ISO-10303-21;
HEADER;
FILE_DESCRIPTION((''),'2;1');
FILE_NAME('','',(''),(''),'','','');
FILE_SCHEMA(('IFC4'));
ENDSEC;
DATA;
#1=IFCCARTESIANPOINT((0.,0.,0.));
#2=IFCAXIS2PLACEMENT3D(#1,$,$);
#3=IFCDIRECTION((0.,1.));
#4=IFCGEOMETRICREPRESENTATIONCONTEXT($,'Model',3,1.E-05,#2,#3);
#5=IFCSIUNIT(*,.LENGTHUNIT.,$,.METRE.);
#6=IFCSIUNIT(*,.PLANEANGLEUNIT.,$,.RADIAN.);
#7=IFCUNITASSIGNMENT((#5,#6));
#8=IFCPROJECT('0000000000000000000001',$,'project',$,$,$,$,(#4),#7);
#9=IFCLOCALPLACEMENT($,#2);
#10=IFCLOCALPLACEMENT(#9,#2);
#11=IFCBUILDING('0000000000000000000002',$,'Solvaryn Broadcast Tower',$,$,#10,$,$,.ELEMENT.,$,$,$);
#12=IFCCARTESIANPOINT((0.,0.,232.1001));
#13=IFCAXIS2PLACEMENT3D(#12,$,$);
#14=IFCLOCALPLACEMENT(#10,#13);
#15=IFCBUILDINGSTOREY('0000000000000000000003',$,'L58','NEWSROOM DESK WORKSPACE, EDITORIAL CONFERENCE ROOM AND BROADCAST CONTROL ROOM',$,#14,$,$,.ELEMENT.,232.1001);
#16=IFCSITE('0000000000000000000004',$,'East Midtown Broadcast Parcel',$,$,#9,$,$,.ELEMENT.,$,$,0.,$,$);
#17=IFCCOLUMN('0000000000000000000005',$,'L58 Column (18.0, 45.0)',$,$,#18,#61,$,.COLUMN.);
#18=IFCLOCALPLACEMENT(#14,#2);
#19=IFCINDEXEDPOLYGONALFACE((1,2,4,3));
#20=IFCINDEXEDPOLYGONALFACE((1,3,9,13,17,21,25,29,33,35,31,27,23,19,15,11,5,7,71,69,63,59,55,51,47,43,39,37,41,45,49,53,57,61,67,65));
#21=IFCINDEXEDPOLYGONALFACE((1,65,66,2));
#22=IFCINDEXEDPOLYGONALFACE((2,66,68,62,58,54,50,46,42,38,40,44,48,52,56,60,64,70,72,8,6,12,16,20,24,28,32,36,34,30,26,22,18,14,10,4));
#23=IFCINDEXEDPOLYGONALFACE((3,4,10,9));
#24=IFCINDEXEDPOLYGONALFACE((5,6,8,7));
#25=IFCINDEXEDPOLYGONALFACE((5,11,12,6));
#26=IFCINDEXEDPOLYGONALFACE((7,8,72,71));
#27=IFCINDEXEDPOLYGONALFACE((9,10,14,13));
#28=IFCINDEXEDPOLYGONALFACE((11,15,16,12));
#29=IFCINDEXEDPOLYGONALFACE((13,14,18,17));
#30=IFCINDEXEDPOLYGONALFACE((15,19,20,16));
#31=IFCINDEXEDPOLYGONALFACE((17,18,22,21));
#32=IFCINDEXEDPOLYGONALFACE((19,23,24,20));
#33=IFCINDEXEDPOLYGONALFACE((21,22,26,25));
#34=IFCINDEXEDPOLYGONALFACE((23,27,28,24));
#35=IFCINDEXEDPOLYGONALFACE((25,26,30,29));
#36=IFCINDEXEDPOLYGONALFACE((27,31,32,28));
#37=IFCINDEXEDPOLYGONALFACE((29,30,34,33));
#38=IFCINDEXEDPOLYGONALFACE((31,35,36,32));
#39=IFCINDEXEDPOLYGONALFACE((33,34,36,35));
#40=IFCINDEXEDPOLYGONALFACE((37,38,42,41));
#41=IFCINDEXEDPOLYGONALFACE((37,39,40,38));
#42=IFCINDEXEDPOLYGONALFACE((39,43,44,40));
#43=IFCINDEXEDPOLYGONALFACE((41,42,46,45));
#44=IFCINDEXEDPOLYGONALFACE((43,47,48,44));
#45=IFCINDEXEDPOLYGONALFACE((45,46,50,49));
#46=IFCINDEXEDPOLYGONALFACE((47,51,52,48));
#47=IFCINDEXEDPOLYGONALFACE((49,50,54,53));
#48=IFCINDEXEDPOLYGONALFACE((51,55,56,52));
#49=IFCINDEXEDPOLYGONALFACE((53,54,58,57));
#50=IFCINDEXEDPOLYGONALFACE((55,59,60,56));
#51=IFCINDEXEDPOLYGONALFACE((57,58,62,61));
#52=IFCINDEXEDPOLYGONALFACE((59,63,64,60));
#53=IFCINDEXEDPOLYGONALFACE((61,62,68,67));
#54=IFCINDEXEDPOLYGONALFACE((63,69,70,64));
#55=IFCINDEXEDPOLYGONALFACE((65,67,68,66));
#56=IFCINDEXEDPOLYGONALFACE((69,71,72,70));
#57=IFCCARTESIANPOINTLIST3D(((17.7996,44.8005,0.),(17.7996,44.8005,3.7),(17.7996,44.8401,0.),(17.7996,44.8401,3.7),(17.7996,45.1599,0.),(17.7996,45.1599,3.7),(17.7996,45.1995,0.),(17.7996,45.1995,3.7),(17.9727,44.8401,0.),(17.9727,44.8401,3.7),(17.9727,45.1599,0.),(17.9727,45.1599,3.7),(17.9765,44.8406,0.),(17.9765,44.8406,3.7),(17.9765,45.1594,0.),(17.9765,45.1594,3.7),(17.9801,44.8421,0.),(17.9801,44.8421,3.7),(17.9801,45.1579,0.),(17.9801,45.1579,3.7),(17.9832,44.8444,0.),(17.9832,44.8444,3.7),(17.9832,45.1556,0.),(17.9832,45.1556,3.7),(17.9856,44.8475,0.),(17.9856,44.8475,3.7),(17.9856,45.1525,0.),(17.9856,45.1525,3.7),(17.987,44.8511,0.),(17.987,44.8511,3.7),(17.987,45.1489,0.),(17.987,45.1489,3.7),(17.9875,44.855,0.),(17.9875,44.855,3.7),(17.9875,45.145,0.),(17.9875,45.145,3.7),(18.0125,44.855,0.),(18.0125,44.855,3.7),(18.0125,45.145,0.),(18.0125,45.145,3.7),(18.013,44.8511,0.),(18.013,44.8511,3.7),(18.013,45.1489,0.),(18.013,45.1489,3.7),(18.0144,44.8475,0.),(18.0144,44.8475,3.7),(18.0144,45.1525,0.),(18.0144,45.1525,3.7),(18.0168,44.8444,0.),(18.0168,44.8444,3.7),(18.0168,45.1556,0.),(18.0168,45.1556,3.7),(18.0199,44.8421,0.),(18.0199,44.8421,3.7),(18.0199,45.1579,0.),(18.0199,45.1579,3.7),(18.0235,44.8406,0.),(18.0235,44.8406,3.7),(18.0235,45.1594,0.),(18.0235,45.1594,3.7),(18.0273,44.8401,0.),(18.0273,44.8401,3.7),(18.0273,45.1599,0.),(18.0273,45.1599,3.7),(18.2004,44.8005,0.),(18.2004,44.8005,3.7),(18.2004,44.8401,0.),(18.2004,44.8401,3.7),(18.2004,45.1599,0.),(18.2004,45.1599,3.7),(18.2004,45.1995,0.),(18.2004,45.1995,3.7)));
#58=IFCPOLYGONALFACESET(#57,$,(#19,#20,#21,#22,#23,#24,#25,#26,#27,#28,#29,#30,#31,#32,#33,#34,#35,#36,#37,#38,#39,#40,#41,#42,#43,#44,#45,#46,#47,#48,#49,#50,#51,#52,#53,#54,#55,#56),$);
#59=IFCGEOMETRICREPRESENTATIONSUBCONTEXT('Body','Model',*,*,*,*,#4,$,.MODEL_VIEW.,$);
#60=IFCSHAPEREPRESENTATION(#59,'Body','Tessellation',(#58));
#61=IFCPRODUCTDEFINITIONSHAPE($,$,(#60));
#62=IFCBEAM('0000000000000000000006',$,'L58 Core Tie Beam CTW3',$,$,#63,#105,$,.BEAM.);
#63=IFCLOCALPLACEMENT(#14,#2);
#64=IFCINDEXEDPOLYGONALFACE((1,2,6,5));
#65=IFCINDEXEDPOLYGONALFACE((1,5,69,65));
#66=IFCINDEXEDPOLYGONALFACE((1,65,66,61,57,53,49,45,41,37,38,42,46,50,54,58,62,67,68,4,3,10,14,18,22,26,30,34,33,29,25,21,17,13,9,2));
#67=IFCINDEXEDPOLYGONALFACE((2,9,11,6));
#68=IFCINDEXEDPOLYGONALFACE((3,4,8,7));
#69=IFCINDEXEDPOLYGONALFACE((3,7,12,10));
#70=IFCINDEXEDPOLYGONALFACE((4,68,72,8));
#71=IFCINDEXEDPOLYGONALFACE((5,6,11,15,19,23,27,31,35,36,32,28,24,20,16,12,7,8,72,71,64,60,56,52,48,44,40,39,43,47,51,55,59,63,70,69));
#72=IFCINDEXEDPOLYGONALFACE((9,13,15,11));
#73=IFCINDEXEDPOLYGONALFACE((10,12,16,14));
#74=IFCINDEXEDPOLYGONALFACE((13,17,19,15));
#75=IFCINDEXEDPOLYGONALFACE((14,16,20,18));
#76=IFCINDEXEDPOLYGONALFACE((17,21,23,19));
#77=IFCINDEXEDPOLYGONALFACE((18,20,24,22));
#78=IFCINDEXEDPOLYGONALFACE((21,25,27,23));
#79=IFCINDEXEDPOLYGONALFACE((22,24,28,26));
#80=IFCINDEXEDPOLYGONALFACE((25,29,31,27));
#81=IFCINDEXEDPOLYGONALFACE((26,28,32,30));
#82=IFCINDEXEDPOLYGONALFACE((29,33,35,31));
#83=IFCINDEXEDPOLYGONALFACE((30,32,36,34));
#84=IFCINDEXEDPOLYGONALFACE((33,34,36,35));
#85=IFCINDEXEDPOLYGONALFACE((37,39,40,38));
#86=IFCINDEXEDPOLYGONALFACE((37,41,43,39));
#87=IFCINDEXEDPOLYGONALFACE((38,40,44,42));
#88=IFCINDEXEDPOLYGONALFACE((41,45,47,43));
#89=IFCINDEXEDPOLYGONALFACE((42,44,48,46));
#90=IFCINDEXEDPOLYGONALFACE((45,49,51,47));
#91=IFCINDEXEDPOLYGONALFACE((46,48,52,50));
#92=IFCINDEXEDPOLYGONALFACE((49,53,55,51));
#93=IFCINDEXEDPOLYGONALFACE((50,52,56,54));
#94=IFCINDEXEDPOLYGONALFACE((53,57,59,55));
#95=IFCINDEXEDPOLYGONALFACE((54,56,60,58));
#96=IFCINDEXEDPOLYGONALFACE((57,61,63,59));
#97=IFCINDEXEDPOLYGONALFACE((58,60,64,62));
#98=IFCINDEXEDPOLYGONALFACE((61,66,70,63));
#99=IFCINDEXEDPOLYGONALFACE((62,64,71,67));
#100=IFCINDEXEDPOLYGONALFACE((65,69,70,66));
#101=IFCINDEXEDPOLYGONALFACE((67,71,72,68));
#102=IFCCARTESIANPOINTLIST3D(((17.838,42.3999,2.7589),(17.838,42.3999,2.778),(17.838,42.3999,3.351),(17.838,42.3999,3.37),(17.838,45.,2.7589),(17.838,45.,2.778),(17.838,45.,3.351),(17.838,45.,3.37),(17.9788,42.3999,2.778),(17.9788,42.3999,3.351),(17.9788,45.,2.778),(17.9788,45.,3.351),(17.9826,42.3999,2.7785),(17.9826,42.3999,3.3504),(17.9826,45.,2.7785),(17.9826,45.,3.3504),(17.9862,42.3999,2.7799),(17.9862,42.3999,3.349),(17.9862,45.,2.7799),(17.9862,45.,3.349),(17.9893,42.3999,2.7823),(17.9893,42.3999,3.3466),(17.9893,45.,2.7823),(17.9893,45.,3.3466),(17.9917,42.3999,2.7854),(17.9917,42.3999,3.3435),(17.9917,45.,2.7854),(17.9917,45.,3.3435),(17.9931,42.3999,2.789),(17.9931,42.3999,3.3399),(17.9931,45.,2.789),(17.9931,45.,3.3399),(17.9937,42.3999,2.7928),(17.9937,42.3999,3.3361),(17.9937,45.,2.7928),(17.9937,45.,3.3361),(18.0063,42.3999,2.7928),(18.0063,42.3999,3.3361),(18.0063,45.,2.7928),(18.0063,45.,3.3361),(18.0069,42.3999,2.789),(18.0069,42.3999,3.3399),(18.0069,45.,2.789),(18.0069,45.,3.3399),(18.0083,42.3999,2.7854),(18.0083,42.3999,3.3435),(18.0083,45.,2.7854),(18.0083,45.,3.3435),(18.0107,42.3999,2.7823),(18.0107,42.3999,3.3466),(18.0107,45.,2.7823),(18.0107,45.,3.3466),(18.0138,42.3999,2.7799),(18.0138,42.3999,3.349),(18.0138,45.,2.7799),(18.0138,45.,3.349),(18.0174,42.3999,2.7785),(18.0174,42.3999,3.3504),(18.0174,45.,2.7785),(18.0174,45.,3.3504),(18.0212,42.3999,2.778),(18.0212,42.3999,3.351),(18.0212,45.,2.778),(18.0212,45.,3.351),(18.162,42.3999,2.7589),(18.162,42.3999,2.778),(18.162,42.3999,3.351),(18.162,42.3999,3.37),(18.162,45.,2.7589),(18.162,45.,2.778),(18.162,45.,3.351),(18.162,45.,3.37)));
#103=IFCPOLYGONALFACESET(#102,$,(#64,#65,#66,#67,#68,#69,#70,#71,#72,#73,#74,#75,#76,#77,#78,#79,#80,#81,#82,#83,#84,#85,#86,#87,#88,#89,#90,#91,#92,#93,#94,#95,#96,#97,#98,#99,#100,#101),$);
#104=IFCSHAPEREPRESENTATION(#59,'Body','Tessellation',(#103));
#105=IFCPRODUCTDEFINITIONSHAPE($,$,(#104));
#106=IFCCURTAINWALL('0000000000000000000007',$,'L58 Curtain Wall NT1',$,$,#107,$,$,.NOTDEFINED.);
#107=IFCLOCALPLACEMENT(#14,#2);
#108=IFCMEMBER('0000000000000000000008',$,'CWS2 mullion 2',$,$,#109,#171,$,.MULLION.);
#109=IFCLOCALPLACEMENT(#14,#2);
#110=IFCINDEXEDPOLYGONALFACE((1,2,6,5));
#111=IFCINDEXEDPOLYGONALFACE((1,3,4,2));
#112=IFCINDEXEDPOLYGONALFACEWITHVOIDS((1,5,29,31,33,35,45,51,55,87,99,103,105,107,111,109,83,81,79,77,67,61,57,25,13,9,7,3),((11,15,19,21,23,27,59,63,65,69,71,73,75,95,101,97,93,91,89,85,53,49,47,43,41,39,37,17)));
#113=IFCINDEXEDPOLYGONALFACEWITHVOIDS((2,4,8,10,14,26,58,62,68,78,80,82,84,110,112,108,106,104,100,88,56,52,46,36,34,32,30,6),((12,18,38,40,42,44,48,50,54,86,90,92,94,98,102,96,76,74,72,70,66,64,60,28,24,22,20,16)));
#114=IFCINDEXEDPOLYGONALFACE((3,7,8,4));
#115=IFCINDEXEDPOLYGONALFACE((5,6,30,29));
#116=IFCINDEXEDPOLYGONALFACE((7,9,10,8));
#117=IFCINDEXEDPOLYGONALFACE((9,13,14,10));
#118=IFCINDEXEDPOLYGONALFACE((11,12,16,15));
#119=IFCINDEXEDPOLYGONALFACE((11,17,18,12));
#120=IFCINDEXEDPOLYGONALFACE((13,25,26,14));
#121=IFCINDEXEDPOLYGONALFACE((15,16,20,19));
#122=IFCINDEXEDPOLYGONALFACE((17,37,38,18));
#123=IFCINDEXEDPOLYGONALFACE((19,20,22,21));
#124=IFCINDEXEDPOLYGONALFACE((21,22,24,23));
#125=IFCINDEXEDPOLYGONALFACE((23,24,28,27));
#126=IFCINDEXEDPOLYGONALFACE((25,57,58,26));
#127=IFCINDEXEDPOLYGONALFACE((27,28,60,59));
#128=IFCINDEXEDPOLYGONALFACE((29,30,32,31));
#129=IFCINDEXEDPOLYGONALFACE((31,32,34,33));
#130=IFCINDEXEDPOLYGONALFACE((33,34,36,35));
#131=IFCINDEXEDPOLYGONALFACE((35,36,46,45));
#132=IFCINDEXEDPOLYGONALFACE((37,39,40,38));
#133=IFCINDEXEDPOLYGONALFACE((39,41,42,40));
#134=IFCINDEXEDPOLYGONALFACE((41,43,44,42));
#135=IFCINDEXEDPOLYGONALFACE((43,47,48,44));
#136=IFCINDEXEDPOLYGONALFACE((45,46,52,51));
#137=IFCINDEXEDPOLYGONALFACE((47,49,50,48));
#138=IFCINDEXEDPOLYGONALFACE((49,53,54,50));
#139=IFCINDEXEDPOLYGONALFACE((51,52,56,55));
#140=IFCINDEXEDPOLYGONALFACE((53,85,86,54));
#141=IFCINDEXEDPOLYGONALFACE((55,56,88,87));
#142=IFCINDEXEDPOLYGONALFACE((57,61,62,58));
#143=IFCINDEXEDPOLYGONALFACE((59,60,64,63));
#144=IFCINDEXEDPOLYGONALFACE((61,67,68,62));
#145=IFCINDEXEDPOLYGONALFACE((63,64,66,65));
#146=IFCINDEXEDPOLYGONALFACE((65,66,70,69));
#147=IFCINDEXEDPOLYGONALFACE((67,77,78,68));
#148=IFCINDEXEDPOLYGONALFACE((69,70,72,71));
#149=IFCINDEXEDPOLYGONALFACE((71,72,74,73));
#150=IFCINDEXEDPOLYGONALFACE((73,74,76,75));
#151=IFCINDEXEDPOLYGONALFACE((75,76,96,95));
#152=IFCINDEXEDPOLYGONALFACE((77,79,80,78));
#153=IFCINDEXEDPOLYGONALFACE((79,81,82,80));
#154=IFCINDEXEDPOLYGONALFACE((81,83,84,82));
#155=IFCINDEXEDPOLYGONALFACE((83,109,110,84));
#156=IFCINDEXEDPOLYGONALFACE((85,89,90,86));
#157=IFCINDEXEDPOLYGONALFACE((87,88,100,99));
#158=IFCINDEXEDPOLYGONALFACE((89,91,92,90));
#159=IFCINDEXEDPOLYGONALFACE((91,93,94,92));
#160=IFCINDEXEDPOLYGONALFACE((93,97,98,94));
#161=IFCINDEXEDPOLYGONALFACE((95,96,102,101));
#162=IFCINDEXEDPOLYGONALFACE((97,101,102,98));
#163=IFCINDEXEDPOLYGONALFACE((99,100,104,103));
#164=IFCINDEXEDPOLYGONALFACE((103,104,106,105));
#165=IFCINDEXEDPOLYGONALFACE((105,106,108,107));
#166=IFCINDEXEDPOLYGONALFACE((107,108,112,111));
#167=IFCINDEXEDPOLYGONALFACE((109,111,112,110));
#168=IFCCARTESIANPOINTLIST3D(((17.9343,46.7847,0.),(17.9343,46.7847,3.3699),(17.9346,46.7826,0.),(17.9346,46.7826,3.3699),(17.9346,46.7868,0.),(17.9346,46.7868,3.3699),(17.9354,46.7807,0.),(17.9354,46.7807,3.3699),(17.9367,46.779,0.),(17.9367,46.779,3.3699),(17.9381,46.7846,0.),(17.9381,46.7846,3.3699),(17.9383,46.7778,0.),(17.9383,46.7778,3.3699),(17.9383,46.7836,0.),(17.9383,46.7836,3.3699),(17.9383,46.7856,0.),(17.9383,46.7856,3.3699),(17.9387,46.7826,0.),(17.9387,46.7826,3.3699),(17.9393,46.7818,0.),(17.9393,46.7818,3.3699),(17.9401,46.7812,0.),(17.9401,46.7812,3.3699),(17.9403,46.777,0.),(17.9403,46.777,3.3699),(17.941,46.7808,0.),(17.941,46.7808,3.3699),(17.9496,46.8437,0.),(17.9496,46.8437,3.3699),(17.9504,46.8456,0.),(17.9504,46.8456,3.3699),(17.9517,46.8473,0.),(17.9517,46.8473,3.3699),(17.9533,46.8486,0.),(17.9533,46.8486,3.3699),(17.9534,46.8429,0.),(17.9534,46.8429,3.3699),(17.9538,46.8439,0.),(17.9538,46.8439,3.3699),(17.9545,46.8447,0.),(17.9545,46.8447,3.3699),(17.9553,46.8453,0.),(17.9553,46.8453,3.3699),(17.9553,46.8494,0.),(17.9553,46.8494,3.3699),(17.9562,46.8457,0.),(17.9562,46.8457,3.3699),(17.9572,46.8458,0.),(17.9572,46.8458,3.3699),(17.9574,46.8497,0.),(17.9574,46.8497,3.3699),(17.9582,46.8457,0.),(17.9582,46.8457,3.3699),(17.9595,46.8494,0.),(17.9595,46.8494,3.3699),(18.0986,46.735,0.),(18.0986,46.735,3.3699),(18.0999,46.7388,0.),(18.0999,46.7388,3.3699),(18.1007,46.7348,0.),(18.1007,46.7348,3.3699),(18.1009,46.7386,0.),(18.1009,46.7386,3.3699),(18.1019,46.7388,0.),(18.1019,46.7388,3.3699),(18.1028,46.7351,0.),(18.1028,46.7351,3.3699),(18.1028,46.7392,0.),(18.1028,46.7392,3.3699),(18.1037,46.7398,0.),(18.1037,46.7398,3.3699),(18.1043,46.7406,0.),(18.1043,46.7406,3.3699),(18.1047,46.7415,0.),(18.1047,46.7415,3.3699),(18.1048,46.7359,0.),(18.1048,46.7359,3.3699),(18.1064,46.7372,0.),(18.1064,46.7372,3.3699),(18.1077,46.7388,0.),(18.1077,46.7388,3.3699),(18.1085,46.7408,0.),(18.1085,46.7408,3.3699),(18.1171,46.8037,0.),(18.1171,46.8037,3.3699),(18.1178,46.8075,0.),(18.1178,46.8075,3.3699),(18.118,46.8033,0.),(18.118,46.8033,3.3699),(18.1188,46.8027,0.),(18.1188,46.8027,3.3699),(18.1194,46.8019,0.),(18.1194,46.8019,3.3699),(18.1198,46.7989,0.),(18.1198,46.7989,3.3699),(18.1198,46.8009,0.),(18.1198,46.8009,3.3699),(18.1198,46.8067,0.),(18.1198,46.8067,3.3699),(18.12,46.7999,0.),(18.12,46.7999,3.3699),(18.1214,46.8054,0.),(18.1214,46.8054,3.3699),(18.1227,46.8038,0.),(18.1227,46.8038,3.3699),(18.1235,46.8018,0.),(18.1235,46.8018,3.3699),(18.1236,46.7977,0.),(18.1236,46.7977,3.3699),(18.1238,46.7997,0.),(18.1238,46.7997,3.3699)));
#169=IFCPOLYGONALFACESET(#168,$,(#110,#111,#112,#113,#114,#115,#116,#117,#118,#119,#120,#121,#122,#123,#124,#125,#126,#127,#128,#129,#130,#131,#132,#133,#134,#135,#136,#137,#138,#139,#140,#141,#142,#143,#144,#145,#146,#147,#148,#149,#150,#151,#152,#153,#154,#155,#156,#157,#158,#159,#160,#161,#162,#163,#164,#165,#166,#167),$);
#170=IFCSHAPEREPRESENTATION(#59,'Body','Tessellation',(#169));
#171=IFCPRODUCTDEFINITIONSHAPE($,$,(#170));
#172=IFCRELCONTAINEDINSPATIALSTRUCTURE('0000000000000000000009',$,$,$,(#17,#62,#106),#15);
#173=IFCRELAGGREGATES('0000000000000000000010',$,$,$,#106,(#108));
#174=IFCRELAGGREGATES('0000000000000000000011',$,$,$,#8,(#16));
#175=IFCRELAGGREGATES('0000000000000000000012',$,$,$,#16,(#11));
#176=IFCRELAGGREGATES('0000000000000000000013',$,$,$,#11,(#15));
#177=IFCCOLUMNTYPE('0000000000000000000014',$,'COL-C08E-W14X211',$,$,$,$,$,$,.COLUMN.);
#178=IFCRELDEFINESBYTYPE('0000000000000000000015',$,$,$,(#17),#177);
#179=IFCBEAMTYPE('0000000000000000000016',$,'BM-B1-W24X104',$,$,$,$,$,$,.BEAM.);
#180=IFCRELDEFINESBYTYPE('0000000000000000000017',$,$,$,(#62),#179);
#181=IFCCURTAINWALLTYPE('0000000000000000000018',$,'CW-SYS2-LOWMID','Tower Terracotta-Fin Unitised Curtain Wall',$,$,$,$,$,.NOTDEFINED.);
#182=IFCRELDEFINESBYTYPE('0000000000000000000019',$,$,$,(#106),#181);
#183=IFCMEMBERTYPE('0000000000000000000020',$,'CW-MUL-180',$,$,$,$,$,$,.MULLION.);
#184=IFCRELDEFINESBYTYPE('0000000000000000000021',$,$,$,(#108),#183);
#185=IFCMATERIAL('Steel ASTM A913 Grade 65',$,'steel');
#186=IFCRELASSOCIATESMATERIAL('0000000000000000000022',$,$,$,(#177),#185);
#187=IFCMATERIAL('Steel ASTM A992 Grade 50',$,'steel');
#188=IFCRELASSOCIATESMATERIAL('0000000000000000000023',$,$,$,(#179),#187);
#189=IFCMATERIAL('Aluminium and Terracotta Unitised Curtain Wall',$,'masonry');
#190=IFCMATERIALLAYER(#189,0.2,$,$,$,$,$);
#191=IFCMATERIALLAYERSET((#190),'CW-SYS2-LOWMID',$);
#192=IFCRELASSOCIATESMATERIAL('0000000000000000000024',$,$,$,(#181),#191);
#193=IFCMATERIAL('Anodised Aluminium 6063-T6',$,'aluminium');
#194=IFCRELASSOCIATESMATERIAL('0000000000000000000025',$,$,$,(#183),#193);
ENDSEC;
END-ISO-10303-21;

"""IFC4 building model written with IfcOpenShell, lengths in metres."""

from ifc_helpers import new_model, si_unit, direction, frame, origin, origin_2d, place, context, subcontext, project, spatial, hollow_rectangle, i_section, extrude, material, layer, layer_set, material_profile, profile_set, type_object, element, aggregate, save


model = new_model("IFC4")

# Units and contexts
model_context = context("Model", 3, precision=1e-05, world=origin(), true_north=direction((0.0, 1.0)))
body_context = subcontext(model_context, "Body", "Model", "MODEL_VIEW")
ifc_project = project(units=[si_unit("LENGTHUNIT", "METRE"), si_unit("PLANEANGLEUNIT", "RADIAN")], contexts=[model_context])

# Site, building, storey
site_placement = place(None, origin())
site = spatial("IfcSite", under=ifc_project, at=site_placement, Name="East Midtown Broadcast Parcel", CompositionType="ELEMENT", RefElevation=0.0)
building_placement = place(site_placement, origin())
building = spatial("IfcBuilding", under=site, at=building_placement, Name="Solvaryn Broadcast Tower", CompositionType="ELEMENT")
storey_placement = place(building_placement, frame((0.0, 0.0, 232.1001)))
storey = spatial("IfcBuildingStorey", under=building, at=storey_placement, Name="L58", Description="NEWSROOM DESK WORKSPACE, EDITORIAL CONFERENCE ROOM AND BROADCAST CONTROL ROOM", CompositionType="ELEMENT", Elevation=232.1001)

# Column
ifc_material_1 = material(Name="Steel ASTM A913 Grade 65", Category="steel")
ifc_material_profile_1 = material_profile(ifc_material_1, i_section(OverallWidth=0.4009, OverallDepth=0.3989, WebThickness=0.0249, FlangeThickness=0.0396, FilletRadius=0.0149, at=origin_2d()))
ifc_profile_set_1 = profile_set([ifc_material_profile_1], Name="Steel ASTM A913 Grade 65")
column_type = type_object("IfcColumnType", Name="COL-C08E-W14X211", PredefinedType="COLUMN", material=ifc_profile_set_1)
column_placement = place(storey_placement, frame((18.0, 45.0, 0.0), z_axis=(0.0, 0.0, 1.0), x_axis=(1.0, 0.0, 0.0)))
element("IfcColumn", 1, at=column_placement, inside=storey, type_object=column_type, Name="L58 Column (18.0, 45.0)", PredefinedType="COLUMN", context=body_context, shape_type="SweptSolid", body=[
    extrude(i_section(OverallWidth=0.4009, OverallDepth=0.3989, WebThickness=0.0249, FlangeThickness=0.0396, FilletRadius=0.0149, at=origin_2d()), origin(), (0.0, 0.0, 1.0), 3.7),
])

# Beam
ifc_material_2 = material(Name="Steel ASTM A992 Grade 50", Category="steel")
ifc_material_profile_2 = material_profile(ifc_material_2, i_section(OverallWidth=0.324, OverallDepth=0.6111, WebThickness=0.0127, FlangeThickness=0.019, FilletRadius=0.0149, at=origin_2d()))
ifc_profile_set_2 = profile_set([ifc_material_profile_2], Name="Steel ASTM A992 Grade 50")
beam_type = type_object("IfcBeamType", Name="BM-B1-W24X104", PredefinedType="BEAM", material=ifc_profile_set_2)
beam_placement = place(storey_placement, frame((18.0, 42.3999, 3.0645), z_axis=(0.0, 1.0, 0.0), x_axis=(-1.0, 0.0, 0.0)))
element("IfcBeam", 2, at=beam_placement, inside=storey, type_object=beam_type, Name="L58 Core Tie Beam CTW3", PredefinedType="BEAM", context=body_context, shape_type="SweptSolid", body=[
    extrude(i_section(OverallWidth=0.324, OverallDepth=0.6111, WebThickness=0.0127, FlangeThickness=0.019, FilletRadius=0.0149, at=origin_2d()), origin(), (0.0, 0.0, 1.0), 2.6001),
])

# Curtain wall, member
ifc_material_3 = material(Name="Aluminium and Terracotta Unitised Curtain Wall", Category="masonry")
ifc_layer_1 = layer(ifc_material_3, 0.2)
ifc_layer_set_1 = layer_set([ifc_layer_1], Name="CW-SYS2-LOWMID")
curtain_wall_type = type_object("IfcCurtainWallType", Name="CW-SYS2-LOWMID", Description="Tower Terracotta-Fin Unitised Curtain Wall", PredefinedType="NOTDEFINED", material=ifc_layer_set_1)
curtain_wall_1_placement = place(storey_placement, origin())
curtain_wall_1 = element("IfcCurtainWall", 3, at=curtain_wall_1_placement, inside=storey, type_object=curtain_wall_type, Name="L58 Curtain Wall NT1", PredefinedType="NOTDEFINED")
ifc_material_4 = material(Name="Anodised Aluminium 6063-T6", Category="aluminium")
ifc_material_profile_3 = material_profile(ifc_material_4, hollow_rectangle(XDim=0.075, YDim=0.1799, WallThickness=0.0039, InnerFilletRadius=0.0039, OuterFilletRadius=0.0081, at=origin_2d()))
ifc_profile_set_3 = profile_set([ifc_material_profile_3], Name="Anodised Aluminium 6063-T6")
member_type_1 = type_object("IfcMemberType", Name="CW-MUL-180", PredefinedType="MULLION", material=ifc_profile_set_3)
member_1_placement = place(storey_placement, frame((18.0291, 46.7922, 0.0), z_axis=(0.0, 0.0, 1.0), x_axis=(-0.255893, -0.966705, 0.0)))
member_1 = element("IfcMember", 4, at=member_1_placement, type_object=member_type_1, Name="CWS2 mullion 2", PredefinedType="MULLION", context=body_context, shape_type="SweptSolid", body=[
    extrude(hollow_rectangle(XDim=0.075, YDim=0.1799, WallThickness=0.0039, InnerFilletRadius=0.0039, OuterFilletRadius=0.0081, at=origin_2d()), origin(), (0.0, 0.0, 1.0), 3.3699),
])

aggregate(curtain_wall_1, [member_1])

save(model, "model.ifc")
